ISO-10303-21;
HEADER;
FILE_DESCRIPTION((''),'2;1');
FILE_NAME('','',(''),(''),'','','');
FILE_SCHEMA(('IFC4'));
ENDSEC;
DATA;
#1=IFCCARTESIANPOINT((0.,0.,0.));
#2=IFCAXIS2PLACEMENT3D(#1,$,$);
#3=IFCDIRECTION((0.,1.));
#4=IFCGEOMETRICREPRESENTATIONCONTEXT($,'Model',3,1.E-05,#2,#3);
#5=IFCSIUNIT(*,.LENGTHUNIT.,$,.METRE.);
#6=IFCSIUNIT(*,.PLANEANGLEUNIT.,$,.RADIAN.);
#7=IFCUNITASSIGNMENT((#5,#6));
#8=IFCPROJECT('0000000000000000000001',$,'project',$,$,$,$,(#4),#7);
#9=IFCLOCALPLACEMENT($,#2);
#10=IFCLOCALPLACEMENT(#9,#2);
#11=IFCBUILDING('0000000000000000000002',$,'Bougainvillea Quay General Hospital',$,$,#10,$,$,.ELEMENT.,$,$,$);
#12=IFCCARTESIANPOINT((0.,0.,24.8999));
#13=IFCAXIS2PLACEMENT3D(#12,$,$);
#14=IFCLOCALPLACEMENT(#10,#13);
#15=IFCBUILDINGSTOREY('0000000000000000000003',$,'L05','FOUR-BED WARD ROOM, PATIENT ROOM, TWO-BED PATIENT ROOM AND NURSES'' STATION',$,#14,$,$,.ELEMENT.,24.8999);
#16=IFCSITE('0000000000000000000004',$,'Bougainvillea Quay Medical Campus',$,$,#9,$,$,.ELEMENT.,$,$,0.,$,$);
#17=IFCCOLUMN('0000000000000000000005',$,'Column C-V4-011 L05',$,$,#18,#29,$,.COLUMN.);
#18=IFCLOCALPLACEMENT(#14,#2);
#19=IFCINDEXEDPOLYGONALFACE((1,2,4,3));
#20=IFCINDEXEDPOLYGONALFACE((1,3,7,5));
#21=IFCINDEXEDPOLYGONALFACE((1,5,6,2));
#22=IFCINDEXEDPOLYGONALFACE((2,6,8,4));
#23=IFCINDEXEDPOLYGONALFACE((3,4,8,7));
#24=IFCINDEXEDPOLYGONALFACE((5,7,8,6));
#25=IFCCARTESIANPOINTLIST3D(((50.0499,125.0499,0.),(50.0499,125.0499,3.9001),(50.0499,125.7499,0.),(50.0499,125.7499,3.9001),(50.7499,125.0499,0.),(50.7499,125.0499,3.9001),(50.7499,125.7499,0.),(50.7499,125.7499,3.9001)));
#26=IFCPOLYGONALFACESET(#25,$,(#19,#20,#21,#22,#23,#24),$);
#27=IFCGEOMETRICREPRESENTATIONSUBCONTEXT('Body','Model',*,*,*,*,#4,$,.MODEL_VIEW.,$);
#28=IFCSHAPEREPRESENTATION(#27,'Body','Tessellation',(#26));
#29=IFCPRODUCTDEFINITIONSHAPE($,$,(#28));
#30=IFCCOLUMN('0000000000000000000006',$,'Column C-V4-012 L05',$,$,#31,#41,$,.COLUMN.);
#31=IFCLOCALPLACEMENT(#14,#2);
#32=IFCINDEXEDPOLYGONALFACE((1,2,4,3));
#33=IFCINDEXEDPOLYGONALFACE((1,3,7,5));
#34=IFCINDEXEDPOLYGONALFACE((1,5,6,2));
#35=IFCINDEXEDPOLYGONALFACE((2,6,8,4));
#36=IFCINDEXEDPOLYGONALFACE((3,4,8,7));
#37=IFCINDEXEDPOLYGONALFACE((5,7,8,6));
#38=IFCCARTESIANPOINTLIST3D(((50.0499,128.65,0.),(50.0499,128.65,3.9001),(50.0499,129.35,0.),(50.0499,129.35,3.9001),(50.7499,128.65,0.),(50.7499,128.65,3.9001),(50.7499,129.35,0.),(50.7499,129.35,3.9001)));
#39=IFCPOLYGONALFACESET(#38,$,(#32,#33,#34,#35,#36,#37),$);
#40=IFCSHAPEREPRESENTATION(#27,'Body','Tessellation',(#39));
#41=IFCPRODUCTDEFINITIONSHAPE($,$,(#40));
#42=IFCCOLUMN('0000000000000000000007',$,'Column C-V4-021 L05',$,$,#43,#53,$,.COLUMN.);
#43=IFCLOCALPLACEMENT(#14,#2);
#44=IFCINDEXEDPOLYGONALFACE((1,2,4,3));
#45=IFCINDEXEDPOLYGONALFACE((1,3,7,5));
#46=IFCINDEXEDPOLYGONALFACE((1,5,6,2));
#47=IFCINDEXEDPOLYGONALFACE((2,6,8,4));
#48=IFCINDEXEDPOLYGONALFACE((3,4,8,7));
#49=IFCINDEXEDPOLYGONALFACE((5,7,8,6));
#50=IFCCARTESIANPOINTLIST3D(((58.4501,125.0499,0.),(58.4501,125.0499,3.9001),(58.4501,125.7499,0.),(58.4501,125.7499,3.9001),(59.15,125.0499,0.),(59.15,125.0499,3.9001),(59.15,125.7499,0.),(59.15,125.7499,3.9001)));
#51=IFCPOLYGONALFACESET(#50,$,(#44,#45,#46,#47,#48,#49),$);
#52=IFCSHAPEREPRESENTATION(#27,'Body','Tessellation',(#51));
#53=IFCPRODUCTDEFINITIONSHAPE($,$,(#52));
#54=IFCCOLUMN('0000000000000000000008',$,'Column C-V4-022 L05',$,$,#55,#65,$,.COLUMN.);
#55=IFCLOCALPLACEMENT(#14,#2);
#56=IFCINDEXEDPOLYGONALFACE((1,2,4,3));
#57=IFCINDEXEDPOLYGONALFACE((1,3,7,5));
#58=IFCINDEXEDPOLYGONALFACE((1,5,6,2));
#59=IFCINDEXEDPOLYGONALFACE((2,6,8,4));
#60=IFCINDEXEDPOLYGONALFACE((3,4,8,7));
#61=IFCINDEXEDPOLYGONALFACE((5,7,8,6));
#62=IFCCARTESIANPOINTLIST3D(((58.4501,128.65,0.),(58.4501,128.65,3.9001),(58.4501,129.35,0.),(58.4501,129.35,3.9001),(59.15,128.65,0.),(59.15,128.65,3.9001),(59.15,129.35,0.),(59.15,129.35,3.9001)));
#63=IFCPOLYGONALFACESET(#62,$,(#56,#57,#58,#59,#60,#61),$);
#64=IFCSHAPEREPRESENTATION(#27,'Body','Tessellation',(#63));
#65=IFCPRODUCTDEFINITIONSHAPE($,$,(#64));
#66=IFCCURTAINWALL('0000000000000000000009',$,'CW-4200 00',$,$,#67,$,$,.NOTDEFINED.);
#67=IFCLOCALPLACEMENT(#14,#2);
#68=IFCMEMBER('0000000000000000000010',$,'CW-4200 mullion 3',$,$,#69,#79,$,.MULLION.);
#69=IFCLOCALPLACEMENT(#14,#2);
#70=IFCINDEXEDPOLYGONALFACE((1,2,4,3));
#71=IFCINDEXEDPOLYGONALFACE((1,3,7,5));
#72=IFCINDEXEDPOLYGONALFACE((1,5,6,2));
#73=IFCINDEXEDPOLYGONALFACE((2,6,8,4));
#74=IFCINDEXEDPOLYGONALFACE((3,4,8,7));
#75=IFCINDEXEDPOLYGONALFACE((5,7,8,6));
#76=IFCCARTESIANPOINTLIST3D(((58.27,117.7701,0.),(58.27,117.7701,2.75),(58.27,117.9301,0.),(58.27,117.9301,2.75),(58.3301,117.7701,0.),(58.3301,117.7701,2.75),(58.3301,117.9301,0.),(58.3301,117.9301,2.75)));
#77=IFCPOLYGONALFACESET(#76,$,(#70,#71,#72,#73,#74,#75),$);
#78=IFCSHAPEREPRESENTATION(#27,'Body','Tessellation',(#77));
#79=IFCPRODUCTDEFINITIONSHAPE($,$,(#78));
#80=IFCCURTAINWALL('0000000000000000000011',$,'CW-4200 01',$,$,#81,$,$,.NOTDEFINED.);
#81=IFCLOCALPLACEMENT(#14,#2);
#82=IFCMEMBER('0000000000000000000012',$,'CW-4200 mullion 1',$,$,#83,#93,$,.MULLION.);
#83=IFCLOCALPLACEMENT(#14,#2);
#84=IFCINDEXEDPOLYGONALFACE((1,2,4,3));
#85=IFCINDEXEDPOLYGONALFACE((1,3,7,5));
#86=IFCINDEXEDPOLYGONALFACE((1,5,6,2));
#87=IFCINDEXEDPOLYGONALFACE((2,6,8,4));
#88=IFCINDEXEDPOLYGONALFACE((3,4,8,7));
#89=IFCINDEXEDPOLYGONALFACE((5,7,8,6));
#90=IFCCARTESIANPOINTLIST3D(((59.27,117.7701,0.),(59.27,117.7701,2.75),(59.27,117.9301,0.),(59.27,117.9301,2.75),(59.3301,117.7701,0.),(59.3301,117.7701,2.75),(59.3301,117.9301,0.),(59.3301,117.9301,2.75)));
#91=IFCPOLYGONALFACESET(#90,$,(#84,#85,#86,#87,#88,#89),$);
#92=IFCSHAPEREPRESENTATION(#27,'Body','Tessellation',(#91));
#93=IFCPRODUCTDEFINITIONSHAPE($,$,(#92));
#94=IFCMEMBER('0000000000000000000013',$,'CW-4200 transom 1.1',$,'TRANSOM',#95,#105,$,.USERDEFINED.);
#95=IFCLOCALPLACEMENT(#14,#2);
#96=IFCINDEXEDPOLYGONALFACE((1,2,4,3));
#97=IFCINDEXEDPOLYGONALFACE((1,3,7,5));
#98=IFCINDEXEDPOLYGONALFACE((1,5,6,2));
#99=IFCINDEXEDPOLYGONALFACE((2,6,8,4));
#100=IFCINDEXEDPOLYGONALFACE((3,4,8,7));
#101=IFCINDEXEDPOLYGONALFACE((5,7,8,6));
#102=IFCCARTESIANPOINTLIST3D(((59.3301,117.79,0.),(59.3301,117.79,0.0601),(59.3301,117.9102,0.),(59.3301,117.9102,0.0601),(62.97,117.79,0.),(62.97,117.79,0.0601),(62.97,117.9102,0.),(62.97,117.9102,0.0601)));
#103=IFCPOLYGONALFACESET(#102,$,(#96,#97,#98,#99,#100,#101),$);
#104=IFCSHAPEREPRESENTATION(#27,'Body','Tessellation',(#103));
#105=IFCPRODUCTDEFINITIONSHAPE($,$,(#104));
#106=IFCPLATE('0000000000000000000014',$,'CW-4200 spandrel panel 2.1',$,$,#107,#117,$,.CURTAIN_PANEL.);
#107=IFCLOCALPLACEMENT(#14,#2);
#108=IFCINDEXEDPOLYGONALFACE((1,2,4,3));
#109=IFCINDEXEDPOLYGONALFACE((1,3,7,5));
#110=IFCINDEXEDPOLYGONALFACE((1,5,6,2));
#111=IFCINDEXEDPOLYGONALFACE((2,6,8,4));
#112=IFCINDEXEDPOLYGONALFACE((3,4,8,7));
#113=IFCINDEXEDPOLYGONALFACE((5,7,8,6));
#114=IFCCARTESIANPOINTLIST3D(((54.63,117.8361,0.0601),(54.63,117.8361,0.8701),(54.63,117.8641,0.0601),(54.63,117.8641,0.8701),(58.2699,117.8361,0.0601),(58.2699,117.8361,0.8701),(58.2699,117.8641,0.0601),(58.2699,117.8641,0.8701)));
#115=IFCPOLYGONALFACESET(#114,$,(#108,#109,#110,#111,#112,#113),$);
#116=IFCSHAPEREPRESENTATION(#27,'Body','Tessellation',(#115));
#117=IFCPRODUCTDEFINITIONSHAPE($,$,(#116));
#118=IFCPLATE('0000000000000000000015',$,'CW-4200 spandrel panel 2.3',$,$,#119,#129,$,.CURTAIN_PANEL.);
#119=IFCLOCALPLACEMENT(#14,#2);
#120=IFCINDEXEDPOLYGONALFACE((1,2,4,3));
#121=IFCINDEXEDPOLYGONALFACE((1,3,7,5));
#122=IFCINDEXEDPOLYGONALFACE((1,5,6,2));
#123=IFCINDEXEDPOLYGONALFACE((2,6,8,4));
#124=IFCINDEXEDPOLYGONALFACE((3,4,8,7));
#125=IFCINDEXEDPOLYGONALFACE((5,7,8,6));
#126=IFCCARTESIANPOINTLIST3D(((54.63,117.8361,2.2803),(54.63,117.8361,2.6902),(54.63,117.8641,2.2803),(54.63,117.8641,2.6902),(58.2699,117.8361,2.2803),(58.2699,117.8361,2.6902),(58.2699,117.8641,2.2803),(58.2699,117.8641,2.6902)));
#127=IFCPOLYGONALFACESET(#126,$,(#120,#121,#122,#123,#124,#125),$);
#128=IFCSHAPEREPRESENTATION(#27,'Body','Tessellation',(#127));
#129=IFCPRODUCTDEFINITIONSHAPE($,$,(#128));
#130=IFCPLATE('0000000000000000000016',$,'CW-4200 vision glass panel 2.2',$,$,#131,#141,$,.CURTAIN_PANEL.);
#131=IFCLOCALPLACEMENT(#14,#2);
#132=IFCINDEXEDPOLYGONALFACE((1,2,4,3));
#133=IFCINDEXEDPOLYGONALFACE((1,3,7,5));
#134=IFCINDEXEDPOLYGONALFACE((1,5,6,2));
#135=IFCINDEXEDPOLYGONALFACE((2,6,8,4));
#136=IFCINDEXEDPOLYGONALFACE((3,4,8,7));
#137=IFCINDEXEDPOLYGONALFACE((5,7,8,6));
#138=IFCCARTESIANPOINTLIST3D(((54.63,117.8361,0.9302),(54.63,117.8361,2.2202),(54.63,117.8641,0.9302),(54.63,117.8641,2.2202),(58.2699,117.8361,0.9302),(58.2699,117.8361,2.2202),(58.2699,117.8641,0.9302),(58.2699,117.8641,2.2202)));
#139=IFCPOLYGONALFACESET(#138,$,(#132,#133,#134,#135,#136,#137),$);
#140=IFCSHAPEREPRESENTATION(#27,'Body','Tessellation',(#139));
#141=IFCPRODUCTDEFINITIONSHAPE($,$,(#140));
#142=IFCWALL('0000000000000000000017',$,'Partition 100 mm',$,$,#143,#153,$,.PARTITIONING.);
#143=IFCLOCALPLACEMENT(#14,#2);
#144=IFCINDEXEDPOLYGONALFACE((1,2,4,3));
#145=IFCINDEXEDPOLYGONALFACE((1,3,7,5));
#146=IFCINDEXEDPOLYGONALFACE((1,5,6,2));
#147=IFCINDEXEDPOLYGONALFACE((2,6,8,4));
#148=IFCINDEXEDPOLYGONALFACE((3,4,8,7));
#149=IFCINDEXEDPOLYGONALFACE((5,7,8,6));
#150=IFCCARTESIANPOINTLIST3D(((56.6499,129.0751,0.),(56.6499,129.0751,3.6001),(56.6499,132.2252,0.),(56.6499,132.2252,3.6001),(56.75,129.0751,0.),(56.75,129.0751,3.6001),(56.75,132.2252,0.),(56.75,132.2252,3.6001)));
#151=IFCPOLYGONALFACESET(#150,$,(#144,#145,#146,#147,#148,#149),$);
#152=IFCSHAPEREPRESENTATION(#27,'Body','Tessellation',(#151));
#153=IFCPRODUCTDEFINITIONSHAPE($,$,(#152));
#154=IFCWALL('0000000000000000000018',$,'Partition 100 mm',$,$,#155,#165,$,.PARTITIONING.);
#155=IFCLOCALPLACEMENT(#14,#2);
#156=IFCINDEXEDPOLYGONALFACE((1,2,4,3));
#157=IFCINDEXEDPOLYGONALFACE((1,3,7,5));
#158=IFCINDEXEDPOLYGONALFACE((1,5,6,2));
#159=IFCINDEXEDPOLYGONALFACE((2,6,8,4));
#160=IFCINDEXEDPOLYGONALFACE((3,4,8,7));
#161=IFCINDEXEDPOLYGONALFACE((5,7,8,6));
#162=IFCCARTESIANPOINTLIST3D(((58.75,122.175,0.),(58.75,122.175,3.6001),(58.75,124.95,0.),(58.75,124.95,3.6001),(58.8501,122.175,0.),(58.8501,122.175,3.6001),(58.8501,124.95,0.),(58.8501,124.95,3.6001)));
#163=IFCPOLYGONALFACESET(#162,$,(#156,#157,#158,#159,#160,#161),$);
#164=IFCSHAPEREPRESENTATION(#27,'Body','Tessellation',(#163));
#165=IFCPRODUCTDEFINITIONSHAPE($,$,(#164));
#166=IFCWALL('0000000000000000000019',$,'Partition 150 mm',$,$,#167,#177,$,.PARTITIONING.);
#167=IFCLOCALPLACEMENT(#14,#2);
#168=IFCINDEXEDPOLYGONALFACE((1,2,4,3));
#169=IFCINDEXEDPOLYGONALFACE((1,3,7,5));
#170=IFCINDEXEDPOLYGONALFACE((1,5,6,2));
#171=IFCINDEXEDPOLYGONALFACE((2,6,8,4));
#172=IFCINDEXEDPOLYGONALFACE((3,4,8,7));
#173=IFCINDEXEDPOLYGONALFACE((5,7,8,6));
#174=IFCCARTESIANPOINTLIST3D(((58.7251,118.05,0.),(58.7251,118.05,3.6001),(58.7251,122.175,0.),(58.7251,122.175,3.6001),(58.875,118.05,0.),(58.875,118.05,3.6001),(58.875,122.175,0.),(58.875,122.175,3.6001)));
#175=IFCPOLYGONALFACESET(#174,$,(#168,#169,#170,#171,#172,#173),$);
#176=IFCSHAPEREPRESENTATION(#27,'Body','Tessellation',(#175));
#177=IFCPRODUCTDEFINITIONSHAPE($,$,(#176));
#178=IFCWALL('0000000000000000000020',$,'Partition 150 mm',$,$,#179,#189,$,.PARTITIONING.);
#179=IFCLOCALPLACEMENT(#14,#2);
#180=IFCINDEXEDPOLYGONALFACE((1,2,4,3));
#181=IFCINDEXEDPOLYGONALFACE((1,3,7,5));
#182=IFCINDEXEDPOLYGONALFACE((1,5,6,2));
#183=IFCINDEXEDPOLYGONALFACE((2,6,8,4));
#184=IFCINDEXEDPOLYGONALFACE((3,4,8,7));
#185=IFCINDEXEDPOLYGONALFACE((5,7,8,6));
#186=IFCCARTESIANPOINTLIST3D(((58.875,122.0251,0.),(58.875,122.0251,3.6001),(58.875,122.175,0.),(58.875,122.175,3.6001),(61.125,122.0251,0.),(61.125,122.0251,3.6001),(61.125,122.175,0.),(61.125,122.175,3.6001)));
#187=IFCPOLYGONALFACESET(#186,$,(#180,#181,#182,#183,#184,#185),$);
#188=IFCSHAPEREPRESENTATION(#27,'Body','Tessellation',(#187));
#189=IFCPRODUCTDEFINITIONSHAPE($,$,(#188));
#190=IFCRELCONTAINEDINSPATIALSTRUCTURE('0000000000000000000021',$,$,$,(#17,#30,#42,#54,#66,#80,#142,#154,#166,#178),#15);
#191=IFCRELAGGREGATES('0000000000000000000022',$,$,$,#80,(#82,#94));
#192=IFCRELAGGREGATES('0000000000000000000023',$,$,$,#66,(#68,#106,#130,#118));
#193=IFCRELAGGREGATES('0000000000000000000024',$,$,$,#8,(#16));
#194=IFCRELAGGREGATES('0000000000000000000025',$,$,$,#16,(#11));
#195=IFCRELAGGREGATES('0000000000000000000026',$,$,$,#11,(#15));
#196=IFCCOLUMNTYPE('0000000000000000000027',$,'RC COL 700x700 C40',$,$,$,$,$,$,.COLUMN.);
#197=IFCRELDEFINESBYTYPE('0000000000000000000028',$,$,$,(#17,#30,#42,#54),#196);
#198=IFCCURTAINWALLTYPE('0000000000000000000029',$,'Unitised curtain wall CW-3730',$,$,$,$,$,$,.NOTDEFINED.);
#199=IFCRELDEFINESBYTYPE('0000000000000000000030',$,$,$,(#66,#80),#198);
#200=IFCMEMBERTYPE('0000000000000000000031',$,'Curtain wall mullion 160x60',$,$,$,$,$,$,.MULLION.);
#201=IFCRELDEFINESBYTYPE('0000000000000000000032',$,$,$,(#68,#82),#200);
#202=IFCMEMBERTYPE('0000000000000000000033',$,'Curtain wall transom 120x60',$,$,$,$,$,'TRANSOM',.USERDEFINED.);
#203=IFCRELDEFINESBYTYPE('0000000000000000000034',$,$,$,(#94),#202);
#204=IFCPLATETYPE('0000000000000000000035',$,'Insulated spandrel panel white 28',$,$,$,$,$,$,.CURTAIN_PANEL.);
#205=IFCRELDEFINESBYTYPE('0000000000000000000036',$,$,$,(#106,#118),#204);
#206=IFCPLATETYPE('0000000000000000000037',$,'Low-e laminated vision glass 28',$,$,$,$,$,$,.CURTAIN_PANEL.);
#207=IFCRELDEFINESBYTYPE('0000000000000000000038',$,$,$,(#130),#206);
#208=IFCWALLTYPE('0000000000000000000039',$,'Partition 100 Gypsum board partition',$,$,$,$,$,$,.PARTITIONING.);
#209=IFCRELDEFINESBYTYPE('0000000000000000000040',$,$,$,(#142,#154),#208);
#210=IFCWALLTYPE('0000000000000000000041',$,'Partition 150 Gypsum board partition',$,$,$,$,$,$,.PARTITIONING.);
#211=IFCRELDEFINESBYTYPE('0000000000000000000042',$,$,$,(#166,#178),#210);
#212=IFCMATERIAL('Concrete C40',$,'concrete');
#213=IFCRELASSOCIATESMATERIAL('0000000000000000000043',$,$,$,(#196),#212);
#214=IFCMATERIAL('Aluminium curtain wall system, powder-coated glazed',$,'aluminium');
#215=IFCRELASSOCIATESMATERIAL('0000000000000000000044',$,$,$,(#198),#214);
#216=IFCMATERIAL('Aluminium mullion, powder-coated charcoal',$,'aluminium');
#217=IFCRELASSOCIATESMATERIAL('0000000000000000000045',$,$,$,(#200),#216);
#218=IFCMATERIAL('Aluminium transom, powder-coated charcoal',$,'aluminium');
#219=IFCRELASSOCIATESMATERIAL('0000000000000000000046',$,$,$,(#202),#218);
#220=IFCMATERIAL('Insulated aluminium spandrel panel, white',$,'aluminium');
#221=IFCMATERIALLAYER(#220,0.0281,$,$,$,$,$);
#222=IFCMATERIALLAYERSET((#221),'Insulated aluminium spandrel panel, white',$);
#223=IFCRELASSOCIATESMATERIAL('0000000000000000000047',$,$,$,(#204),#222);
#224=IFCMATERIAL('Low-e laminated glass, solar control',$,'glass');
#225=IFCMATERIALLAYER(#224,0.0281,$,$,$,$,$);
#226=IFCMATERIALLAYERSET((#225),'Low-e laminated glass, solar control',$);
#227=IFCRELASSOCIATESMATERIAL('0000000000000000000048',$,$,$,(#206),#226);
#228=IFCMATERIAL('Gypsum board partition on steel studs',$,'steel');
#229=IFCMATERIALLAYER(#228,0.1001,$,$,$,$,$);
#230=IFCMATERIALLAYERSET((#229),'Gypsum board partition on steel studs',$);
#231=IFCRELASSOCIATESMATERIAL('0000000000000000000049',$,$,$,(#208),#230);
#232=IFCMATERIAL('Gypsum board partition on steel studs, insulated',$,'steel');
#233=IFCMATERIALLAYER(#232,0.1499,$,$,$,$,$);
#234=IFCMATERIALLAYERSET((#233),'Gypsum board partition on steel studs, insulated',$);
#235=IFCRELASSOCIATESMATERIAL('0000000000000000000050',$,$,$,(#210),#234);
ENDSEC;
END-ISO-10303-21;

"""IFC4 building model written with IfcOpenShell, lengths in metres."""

from ifc_helpers import new_model, si_unit, direction, frame, frame_2d, origin, origin_2d, place, context, subcontext, project, spatial, rectangle, extrude, material, layer, layer_set, material_profile, profile_set, type_object, element, aggregate, save


model = new_model("IFC4")

# Units and contexts
model_context = context("Model", 3, precision=1e-05, world=origin(), true_north=direction((0.0, 1.0)))
body_context = subcontext(model_context, "Body", "Model", "MODEL_VIEW")
ifc_project = project(units=[si_unit("LENGTHUNIT", "METRE"), si_unit("PLANEANGLEUNIT", "RADIAN")], contexts=[model_context])

# Site, building, storey
site_placement = place(None, origin())
site = spatial("IfcSite", under=ifc_project, at=site_placement, Name="Bougainvillea Quay Medical Campus", CompositionType="ELEMENT", RefElevation=0.0)
building_placement = place(site_placement, origin())
building = spatial("IfcBuilding", under=site, at=building_placement, Name="Bougainvillea Quay General Hospital", CompositionType="ELEMENT")
storey_placement = place(building_placement, frame((0.0, 0.0, 24.8999)))
storey = spatial("IfcBuildingStorey", under=building, at=storey_placement, Name="L05", Description="FOUR-BED WARD ROOM, PATIENT ROOM, TWO-BED PATIENT ROOM AND NURSES' STATION", CompositionType="ELEMENT", Elevation=24.8999)

# Columns
ifc_material_1 = material(Name="Concrete C40", Category="concrete")
ifc_material_profile_1 = material_profile(ifc_material_1, rectangle(XDim=0.7, YDim=0.7, at=origin_2d()))
ifc_profile_set_1 = profile_set([ifc_material_profile_1], Name="Concrete C40")
column_type = type_object("IfcColumnType", Name="RC COL 700x700 C40", PredefinedType="COLUMN", material=ifc_profile_set_1)
for number, where, z_axis, x_axis, name in (
    (1, (50.3999, 125.3999, 0.0), (0.0, 0.0, 1.0), (1.0, 0.0, 0.0), "Column C-V4-011 L05"),
    (2, (50.3999, 129.0, 0.0), (0.0, 0.0, 1.0), (1.0, 0.0, 0.0), "Column C-V4-012 L05"),
    (3, (58.8, 125.3999, 0.0), (0.0, 0.0, 1.0), (1.0, 0.0, 0.0), "Column C-V4-021 L05"),
    (4, (58.8, 129.0, 0.0), (0.0, 0.0, 1.0), (1.0, 0.0, 0.0), "Column C-V4-022 L05"),
):
    element("IfcColumn", number, at=place(storey_placement, frame(where, z_axis=z_axis, x_axis=x_axis)), inside=storey, type_object=column_type, Name=name, PredefinedType="COLUMN", context=body_context, shape_type="SweptSolid", body=[
        extrude(rectangle(XDim=0.7, YDim=0.7, at=origin_2d()), origin(), (0.0, 0.0, 1.0), 3.9001),
    ])

# Curtain wall, member
ifc_material_2 = material(Name="Aluminium curtain wall system, powder-coated glazed", Category="aluminium")
curtain_wall_type = type_object("IfcCurtainWallType", Name="Unitised curtain wall CW-3730", PredefinedType="NOTDEFINED", material=ifc_material_2)
curtain_wall_1_placement = place(storey_placement, origin())
curtain_wall_1 = element("IfcCurtainWall", 5, at=curtain_wall_1_placement, inside=storey, type_object=curtain_wall_type, Name="CW-4200 00", PredefinedType="NOTDEFINED")
ifc_material_3 = material(Name="Aluminium mullion, powder-coated charcoal", Category="aluminium")
ifc_material_profile_2 = material_profile(ifc_material_3, rectangle(XDim=0.1599, YDim=0.0601, at=origin_2d()))
ifc_profile_set_2 = profile_set([ifc_material_profile_2], Name="Aluminium mullion, powder-coated charcoal")
member_type_1 = type_object("IfcMemberType", Name="Curtain wall mullion 160x60", PredefinedType="MULLION", material=ifc_profile_set_2)
member_1_placement = place(storey_placement, frame((58.3, 117.8501, 0.0), z_axis=(0.0, 0.0, 1.0), x_axis=(0.0, 1.0, 0.0)))
member_1 = element("IfcMember", 6, at=member_1_placement, type_object=member_type_1, Name="CW-4200 mullion 3", PredefinedType="MULLION", context=body_context, shape_type="SweptSolid", body=[
    extrude(rectangle(XDim=0.1599, YDim=0.0601, at=origin_2d()), origin(), (0.0, 0.0, 1.0), 2.75),
])

# Curtain wall, members
curtain_wall_2_placement = place(storey_placement, origin())
curtain_wall_2 = element("IfcCurtainWall", 7, at=curtain_wall_2_placement, inside=storey, type_object=curtain_wall_type, Name="CW-4200 01", PredefinedType="NOTDEFINED")
member_2_placement = place(storey_placement, frame((59.3, 117.8501, 0.0), z_axis=(0.0, 0.0, 1.0), x_axis=(0.0, 1.0, 0.0)))
member_2 = element("IfcMember", 8, at=member_2_placement, type_object=member_type_1, Name="CW-4200 mullion 1", PredefinedType="MULLION", context=body_context, shape_type="SweptSolid", body=[
    extrude(rectangle(XDim=0.1599, YDim=0.0601, at=origin_2d()), origin(), (0.0, 0.0, 1.0), 2.75),
])
ifc_material_4 = material(Name="Aluminium transom, powder-coated charcoal", Category="aluminium")
ifc_material_profile_3 = material_profile(ifc_material_4, rectangle(XDim=0.1201, YDim=0.0601, at=origin_2d()))
ifc_profile_set_3 = profile_set([ifc_material_profile_3], Name="Aluminium transom, powder-coated charcoal")
member_type_2 = type_object("IfcMemberType", Name="Curtain wall transom 120x60", ElementType="TRANSOM", PredefinedType="USERDEFINED", material=ifc_profile_set_3)
member_3_placement = place(storey_placement, frame((59.3301, 117.8501, 0.03), z_axis=(1.0, 0.0, 0.0), x_axis=(0.0, 1.0, 0.0)))
member_3 = element("IfcMember", 9, at=member_3_placement, type_object=member_type_2, Name="CW-4200 transom 1.1", ObjectType="TRANSOM", PredefinedType="USERDEFINED", context=body_context, shape_type="SweptSolid", body=[
    extrude(rectangle(XDim=0.1201, YDim=0.0601, at=origin_2d()), origin(), (0.0, 0.0, 1.0), 3.6399),
])
aggregate(curtain_wall_2, [member_2, member_3])

# Plates
ifc_material_5 = material(Name="Insulated aluminium spandrel panel, white", Category="aluminium")
ifc_layer_1 = layer(ifc_material_5, 0.0281)
ifc_layer_set_1 = layer_set([ifc_layer_1], Name="Insulated aluminium spandrel panel, white")
plate_type_1 = type_object("IfcPlateType", Name="Insulated spandrel panel white 28", PredefinedType="CURTAIN_PANEL", material=ifc_layer_set_1)
plate_1_placement = place(storey_placement, frame((56.45, 117.8501, 0.0601), z_axis=(0.0, 0.0, 1.0), x_axis=(1.0, 0.0, 0.0)))
plate_1 = element("IfcPlate", 10, at=plate_1_placement, type_object=plate_type_1, Name="CW-4200 spandrel panel 2.1", PredefinedType="CURTAIN_PANEL", context=body_context, shape_type="SweptSolid", body=[
    extrude(rectangle(XDim=3.6399, YDim=0.0281, at=origin_2d()), origin(), (0.0, 0.0, 1.0), 0.8101),
])
plate_2_placement = place(storey_placement, frame((56.45, 117.8501, 2.2803), z_axis=(0.0, 0.0, 1.0), x_axis=(1.0, 0.0, 0.0)))
plate_2 = element("IfcPlate", 11, at=plate_2_placement, type_object=plate_type_1, Name="CW-4200 spandrel panel 2.3", PredefinedType="CURTAIN_PANEL", context=body_context, shape_type="SweptSolid", body=[
    extrude(rectangle(XDim=3.6399, YDim=0.0281, at=origin_2d()), origin(), (0.0, 0.0, 1.0), 0.4099),
])
ifc_material_6 = material(Name="Low-e laminated glass, solar control", Category="glass")
ifc_layer_2 = layer(ifc_material_6, 0.0281)
ifc_layer_set_2 = layer_set([ifc_layer_2], Name="Low-e laminated glass, solar control")
plate_type_2 = type_object("IfcPlateType", Name="Low-e laminated vision glass 28", PredefinedType="CURTAIN_PANEL", material=ifc_layer_set_2)
plate_3_placement = place(storey_placement, frame((56.45, 117.8501, 0.9302), z_axis=(0.0, 0.0, 1.0), x_axis=(1.0, 0.0, 0.0)))
plate_3 = element("IfcPlate", 12, at=plate_3_placement, type_object=plate_type_2, Name="CW-4200 vision glass panel 2.2", PredefinedType="CURTAIN_PANEL", context=body_context, shape_type="SweptSolid", body=[
    extrude(rectangle(XDim=3.6399, YDim=0.0281, at=origin_2d()), origin(), (0.0, 0.0, 1.0), 1.29),
])
aggregate(curtain_wall_1, [member_1, plate_1, plate_3, plate_2])

# Walls
ifc_material_7 = material(Name="Gypsum board partition on steel studs", Category="steel")
ifc_layer_3 = layer(ifc_material_7, 0.1001)
ifc_layer_set_3 = layer_set([ifc_layer_3], Name="Gypsum board partition on steel studs")
wall_type_1 = type_object("IfcWallType", Name="Partition 100 Gypsum board partition", PredefinedType="PARTITIONING", material=ifc_layer_set_3)
wall_1_placement = place(storey_placement, frame((56.7, 129.075, 0.0), z_axis=(0.0, 0.0, 1.0), x_axis=(0.0, 1.0, 0.0)))
element("IfcWall", 13, at=wall_1_placement, inside=storey, type_object=wall_type_1, Name="Partition 100 mm", PredefinedType="PARTITIONING", context=body_context, shape_type="SweptSolid", body=[
    extrude(rectangle(XDim=3.1501, YDim=0.1001, at=frame_2d((1.5752, 0.0))), origin(), (0.0, 0.0, 1.0), 3.6001),
])
wall_2_placement = place(storey_placement, frame((58.8, 122.175, 0.0), z_axis=(0.0, 0.0, 1.0), x_axis=(0.0, 1.0, 0.0)))
element("IfcWall", 14, at=wall_2_placement, inside=storey, type_object=wall_type_1, Name="Partition 100 mm", PredefinedType="PARTITIONING", context=body_context, shape_type="SweptSolid", body=[
    extrude(rectangle(XDim=2.7749, YDim=0.1001, at=frame_2d((1.3875, 0.0))), origin(), (0.0, 0.0, 1.0), 3.6001),
])
ifc_material_8 = material(Name="Gypsum board partition on steel studs, insulated", Category="steel")
ifc_layer_4 = layer(ifc_material_8, 0.1499)
ifc_layer_set_4 = layer_set([ifc_layer_4], Name="Gypsum board partition on steel studs, insulated")
wall_type_2 = type_object("IfcWallType", Name="Partition 150 Gypsum board partition", PredefinedType="PARTITIONING", material=ifc_layer_set_4)
wall_3_placement = place(storey_placement, frame((58.8, 118.05, 0.0), z_axis=(0.0, 0.0, 1.0), x_axis=(0.0, 1.0, 0.0)))
element("IfcWall", 15, at=wall_3_placement, inside=storey, type_object=wall_type_2, Name="Partition 150 mm", PredefinedType="PARTITIONING", context=body_context, shape_type="SweptSolid", body=[
    extrude(rectangle(XDim=4.125, YDim=0.1499, at=frame_2d((2.0625, 0.0))), origin(), (0.0, 0.0, 1.0), 3.6001),
])
wall_4_placement = place(storey_placement, frame((58.875, 122.1001, 0.0), z_axis=(0.0, 0.0, 1.0), x_axis=(1.0, 0.0, 0.0)))
element("IfcWall", 16, at=wall_4_placement, inside=storey, type_object=wall_type_2, Name="Partition 150 mm", PredefinedType="PARTITIONING", context=body_context, shape_type="SweptSolid", body=[
    extrude(rectangle(XDim=2.25, YDim=0.1499, at=frame_2d((1.125, 0.0))), origin(), (0.0, 0.0, 1.0), 3.6001),
])

save(model, "model.ifc")
